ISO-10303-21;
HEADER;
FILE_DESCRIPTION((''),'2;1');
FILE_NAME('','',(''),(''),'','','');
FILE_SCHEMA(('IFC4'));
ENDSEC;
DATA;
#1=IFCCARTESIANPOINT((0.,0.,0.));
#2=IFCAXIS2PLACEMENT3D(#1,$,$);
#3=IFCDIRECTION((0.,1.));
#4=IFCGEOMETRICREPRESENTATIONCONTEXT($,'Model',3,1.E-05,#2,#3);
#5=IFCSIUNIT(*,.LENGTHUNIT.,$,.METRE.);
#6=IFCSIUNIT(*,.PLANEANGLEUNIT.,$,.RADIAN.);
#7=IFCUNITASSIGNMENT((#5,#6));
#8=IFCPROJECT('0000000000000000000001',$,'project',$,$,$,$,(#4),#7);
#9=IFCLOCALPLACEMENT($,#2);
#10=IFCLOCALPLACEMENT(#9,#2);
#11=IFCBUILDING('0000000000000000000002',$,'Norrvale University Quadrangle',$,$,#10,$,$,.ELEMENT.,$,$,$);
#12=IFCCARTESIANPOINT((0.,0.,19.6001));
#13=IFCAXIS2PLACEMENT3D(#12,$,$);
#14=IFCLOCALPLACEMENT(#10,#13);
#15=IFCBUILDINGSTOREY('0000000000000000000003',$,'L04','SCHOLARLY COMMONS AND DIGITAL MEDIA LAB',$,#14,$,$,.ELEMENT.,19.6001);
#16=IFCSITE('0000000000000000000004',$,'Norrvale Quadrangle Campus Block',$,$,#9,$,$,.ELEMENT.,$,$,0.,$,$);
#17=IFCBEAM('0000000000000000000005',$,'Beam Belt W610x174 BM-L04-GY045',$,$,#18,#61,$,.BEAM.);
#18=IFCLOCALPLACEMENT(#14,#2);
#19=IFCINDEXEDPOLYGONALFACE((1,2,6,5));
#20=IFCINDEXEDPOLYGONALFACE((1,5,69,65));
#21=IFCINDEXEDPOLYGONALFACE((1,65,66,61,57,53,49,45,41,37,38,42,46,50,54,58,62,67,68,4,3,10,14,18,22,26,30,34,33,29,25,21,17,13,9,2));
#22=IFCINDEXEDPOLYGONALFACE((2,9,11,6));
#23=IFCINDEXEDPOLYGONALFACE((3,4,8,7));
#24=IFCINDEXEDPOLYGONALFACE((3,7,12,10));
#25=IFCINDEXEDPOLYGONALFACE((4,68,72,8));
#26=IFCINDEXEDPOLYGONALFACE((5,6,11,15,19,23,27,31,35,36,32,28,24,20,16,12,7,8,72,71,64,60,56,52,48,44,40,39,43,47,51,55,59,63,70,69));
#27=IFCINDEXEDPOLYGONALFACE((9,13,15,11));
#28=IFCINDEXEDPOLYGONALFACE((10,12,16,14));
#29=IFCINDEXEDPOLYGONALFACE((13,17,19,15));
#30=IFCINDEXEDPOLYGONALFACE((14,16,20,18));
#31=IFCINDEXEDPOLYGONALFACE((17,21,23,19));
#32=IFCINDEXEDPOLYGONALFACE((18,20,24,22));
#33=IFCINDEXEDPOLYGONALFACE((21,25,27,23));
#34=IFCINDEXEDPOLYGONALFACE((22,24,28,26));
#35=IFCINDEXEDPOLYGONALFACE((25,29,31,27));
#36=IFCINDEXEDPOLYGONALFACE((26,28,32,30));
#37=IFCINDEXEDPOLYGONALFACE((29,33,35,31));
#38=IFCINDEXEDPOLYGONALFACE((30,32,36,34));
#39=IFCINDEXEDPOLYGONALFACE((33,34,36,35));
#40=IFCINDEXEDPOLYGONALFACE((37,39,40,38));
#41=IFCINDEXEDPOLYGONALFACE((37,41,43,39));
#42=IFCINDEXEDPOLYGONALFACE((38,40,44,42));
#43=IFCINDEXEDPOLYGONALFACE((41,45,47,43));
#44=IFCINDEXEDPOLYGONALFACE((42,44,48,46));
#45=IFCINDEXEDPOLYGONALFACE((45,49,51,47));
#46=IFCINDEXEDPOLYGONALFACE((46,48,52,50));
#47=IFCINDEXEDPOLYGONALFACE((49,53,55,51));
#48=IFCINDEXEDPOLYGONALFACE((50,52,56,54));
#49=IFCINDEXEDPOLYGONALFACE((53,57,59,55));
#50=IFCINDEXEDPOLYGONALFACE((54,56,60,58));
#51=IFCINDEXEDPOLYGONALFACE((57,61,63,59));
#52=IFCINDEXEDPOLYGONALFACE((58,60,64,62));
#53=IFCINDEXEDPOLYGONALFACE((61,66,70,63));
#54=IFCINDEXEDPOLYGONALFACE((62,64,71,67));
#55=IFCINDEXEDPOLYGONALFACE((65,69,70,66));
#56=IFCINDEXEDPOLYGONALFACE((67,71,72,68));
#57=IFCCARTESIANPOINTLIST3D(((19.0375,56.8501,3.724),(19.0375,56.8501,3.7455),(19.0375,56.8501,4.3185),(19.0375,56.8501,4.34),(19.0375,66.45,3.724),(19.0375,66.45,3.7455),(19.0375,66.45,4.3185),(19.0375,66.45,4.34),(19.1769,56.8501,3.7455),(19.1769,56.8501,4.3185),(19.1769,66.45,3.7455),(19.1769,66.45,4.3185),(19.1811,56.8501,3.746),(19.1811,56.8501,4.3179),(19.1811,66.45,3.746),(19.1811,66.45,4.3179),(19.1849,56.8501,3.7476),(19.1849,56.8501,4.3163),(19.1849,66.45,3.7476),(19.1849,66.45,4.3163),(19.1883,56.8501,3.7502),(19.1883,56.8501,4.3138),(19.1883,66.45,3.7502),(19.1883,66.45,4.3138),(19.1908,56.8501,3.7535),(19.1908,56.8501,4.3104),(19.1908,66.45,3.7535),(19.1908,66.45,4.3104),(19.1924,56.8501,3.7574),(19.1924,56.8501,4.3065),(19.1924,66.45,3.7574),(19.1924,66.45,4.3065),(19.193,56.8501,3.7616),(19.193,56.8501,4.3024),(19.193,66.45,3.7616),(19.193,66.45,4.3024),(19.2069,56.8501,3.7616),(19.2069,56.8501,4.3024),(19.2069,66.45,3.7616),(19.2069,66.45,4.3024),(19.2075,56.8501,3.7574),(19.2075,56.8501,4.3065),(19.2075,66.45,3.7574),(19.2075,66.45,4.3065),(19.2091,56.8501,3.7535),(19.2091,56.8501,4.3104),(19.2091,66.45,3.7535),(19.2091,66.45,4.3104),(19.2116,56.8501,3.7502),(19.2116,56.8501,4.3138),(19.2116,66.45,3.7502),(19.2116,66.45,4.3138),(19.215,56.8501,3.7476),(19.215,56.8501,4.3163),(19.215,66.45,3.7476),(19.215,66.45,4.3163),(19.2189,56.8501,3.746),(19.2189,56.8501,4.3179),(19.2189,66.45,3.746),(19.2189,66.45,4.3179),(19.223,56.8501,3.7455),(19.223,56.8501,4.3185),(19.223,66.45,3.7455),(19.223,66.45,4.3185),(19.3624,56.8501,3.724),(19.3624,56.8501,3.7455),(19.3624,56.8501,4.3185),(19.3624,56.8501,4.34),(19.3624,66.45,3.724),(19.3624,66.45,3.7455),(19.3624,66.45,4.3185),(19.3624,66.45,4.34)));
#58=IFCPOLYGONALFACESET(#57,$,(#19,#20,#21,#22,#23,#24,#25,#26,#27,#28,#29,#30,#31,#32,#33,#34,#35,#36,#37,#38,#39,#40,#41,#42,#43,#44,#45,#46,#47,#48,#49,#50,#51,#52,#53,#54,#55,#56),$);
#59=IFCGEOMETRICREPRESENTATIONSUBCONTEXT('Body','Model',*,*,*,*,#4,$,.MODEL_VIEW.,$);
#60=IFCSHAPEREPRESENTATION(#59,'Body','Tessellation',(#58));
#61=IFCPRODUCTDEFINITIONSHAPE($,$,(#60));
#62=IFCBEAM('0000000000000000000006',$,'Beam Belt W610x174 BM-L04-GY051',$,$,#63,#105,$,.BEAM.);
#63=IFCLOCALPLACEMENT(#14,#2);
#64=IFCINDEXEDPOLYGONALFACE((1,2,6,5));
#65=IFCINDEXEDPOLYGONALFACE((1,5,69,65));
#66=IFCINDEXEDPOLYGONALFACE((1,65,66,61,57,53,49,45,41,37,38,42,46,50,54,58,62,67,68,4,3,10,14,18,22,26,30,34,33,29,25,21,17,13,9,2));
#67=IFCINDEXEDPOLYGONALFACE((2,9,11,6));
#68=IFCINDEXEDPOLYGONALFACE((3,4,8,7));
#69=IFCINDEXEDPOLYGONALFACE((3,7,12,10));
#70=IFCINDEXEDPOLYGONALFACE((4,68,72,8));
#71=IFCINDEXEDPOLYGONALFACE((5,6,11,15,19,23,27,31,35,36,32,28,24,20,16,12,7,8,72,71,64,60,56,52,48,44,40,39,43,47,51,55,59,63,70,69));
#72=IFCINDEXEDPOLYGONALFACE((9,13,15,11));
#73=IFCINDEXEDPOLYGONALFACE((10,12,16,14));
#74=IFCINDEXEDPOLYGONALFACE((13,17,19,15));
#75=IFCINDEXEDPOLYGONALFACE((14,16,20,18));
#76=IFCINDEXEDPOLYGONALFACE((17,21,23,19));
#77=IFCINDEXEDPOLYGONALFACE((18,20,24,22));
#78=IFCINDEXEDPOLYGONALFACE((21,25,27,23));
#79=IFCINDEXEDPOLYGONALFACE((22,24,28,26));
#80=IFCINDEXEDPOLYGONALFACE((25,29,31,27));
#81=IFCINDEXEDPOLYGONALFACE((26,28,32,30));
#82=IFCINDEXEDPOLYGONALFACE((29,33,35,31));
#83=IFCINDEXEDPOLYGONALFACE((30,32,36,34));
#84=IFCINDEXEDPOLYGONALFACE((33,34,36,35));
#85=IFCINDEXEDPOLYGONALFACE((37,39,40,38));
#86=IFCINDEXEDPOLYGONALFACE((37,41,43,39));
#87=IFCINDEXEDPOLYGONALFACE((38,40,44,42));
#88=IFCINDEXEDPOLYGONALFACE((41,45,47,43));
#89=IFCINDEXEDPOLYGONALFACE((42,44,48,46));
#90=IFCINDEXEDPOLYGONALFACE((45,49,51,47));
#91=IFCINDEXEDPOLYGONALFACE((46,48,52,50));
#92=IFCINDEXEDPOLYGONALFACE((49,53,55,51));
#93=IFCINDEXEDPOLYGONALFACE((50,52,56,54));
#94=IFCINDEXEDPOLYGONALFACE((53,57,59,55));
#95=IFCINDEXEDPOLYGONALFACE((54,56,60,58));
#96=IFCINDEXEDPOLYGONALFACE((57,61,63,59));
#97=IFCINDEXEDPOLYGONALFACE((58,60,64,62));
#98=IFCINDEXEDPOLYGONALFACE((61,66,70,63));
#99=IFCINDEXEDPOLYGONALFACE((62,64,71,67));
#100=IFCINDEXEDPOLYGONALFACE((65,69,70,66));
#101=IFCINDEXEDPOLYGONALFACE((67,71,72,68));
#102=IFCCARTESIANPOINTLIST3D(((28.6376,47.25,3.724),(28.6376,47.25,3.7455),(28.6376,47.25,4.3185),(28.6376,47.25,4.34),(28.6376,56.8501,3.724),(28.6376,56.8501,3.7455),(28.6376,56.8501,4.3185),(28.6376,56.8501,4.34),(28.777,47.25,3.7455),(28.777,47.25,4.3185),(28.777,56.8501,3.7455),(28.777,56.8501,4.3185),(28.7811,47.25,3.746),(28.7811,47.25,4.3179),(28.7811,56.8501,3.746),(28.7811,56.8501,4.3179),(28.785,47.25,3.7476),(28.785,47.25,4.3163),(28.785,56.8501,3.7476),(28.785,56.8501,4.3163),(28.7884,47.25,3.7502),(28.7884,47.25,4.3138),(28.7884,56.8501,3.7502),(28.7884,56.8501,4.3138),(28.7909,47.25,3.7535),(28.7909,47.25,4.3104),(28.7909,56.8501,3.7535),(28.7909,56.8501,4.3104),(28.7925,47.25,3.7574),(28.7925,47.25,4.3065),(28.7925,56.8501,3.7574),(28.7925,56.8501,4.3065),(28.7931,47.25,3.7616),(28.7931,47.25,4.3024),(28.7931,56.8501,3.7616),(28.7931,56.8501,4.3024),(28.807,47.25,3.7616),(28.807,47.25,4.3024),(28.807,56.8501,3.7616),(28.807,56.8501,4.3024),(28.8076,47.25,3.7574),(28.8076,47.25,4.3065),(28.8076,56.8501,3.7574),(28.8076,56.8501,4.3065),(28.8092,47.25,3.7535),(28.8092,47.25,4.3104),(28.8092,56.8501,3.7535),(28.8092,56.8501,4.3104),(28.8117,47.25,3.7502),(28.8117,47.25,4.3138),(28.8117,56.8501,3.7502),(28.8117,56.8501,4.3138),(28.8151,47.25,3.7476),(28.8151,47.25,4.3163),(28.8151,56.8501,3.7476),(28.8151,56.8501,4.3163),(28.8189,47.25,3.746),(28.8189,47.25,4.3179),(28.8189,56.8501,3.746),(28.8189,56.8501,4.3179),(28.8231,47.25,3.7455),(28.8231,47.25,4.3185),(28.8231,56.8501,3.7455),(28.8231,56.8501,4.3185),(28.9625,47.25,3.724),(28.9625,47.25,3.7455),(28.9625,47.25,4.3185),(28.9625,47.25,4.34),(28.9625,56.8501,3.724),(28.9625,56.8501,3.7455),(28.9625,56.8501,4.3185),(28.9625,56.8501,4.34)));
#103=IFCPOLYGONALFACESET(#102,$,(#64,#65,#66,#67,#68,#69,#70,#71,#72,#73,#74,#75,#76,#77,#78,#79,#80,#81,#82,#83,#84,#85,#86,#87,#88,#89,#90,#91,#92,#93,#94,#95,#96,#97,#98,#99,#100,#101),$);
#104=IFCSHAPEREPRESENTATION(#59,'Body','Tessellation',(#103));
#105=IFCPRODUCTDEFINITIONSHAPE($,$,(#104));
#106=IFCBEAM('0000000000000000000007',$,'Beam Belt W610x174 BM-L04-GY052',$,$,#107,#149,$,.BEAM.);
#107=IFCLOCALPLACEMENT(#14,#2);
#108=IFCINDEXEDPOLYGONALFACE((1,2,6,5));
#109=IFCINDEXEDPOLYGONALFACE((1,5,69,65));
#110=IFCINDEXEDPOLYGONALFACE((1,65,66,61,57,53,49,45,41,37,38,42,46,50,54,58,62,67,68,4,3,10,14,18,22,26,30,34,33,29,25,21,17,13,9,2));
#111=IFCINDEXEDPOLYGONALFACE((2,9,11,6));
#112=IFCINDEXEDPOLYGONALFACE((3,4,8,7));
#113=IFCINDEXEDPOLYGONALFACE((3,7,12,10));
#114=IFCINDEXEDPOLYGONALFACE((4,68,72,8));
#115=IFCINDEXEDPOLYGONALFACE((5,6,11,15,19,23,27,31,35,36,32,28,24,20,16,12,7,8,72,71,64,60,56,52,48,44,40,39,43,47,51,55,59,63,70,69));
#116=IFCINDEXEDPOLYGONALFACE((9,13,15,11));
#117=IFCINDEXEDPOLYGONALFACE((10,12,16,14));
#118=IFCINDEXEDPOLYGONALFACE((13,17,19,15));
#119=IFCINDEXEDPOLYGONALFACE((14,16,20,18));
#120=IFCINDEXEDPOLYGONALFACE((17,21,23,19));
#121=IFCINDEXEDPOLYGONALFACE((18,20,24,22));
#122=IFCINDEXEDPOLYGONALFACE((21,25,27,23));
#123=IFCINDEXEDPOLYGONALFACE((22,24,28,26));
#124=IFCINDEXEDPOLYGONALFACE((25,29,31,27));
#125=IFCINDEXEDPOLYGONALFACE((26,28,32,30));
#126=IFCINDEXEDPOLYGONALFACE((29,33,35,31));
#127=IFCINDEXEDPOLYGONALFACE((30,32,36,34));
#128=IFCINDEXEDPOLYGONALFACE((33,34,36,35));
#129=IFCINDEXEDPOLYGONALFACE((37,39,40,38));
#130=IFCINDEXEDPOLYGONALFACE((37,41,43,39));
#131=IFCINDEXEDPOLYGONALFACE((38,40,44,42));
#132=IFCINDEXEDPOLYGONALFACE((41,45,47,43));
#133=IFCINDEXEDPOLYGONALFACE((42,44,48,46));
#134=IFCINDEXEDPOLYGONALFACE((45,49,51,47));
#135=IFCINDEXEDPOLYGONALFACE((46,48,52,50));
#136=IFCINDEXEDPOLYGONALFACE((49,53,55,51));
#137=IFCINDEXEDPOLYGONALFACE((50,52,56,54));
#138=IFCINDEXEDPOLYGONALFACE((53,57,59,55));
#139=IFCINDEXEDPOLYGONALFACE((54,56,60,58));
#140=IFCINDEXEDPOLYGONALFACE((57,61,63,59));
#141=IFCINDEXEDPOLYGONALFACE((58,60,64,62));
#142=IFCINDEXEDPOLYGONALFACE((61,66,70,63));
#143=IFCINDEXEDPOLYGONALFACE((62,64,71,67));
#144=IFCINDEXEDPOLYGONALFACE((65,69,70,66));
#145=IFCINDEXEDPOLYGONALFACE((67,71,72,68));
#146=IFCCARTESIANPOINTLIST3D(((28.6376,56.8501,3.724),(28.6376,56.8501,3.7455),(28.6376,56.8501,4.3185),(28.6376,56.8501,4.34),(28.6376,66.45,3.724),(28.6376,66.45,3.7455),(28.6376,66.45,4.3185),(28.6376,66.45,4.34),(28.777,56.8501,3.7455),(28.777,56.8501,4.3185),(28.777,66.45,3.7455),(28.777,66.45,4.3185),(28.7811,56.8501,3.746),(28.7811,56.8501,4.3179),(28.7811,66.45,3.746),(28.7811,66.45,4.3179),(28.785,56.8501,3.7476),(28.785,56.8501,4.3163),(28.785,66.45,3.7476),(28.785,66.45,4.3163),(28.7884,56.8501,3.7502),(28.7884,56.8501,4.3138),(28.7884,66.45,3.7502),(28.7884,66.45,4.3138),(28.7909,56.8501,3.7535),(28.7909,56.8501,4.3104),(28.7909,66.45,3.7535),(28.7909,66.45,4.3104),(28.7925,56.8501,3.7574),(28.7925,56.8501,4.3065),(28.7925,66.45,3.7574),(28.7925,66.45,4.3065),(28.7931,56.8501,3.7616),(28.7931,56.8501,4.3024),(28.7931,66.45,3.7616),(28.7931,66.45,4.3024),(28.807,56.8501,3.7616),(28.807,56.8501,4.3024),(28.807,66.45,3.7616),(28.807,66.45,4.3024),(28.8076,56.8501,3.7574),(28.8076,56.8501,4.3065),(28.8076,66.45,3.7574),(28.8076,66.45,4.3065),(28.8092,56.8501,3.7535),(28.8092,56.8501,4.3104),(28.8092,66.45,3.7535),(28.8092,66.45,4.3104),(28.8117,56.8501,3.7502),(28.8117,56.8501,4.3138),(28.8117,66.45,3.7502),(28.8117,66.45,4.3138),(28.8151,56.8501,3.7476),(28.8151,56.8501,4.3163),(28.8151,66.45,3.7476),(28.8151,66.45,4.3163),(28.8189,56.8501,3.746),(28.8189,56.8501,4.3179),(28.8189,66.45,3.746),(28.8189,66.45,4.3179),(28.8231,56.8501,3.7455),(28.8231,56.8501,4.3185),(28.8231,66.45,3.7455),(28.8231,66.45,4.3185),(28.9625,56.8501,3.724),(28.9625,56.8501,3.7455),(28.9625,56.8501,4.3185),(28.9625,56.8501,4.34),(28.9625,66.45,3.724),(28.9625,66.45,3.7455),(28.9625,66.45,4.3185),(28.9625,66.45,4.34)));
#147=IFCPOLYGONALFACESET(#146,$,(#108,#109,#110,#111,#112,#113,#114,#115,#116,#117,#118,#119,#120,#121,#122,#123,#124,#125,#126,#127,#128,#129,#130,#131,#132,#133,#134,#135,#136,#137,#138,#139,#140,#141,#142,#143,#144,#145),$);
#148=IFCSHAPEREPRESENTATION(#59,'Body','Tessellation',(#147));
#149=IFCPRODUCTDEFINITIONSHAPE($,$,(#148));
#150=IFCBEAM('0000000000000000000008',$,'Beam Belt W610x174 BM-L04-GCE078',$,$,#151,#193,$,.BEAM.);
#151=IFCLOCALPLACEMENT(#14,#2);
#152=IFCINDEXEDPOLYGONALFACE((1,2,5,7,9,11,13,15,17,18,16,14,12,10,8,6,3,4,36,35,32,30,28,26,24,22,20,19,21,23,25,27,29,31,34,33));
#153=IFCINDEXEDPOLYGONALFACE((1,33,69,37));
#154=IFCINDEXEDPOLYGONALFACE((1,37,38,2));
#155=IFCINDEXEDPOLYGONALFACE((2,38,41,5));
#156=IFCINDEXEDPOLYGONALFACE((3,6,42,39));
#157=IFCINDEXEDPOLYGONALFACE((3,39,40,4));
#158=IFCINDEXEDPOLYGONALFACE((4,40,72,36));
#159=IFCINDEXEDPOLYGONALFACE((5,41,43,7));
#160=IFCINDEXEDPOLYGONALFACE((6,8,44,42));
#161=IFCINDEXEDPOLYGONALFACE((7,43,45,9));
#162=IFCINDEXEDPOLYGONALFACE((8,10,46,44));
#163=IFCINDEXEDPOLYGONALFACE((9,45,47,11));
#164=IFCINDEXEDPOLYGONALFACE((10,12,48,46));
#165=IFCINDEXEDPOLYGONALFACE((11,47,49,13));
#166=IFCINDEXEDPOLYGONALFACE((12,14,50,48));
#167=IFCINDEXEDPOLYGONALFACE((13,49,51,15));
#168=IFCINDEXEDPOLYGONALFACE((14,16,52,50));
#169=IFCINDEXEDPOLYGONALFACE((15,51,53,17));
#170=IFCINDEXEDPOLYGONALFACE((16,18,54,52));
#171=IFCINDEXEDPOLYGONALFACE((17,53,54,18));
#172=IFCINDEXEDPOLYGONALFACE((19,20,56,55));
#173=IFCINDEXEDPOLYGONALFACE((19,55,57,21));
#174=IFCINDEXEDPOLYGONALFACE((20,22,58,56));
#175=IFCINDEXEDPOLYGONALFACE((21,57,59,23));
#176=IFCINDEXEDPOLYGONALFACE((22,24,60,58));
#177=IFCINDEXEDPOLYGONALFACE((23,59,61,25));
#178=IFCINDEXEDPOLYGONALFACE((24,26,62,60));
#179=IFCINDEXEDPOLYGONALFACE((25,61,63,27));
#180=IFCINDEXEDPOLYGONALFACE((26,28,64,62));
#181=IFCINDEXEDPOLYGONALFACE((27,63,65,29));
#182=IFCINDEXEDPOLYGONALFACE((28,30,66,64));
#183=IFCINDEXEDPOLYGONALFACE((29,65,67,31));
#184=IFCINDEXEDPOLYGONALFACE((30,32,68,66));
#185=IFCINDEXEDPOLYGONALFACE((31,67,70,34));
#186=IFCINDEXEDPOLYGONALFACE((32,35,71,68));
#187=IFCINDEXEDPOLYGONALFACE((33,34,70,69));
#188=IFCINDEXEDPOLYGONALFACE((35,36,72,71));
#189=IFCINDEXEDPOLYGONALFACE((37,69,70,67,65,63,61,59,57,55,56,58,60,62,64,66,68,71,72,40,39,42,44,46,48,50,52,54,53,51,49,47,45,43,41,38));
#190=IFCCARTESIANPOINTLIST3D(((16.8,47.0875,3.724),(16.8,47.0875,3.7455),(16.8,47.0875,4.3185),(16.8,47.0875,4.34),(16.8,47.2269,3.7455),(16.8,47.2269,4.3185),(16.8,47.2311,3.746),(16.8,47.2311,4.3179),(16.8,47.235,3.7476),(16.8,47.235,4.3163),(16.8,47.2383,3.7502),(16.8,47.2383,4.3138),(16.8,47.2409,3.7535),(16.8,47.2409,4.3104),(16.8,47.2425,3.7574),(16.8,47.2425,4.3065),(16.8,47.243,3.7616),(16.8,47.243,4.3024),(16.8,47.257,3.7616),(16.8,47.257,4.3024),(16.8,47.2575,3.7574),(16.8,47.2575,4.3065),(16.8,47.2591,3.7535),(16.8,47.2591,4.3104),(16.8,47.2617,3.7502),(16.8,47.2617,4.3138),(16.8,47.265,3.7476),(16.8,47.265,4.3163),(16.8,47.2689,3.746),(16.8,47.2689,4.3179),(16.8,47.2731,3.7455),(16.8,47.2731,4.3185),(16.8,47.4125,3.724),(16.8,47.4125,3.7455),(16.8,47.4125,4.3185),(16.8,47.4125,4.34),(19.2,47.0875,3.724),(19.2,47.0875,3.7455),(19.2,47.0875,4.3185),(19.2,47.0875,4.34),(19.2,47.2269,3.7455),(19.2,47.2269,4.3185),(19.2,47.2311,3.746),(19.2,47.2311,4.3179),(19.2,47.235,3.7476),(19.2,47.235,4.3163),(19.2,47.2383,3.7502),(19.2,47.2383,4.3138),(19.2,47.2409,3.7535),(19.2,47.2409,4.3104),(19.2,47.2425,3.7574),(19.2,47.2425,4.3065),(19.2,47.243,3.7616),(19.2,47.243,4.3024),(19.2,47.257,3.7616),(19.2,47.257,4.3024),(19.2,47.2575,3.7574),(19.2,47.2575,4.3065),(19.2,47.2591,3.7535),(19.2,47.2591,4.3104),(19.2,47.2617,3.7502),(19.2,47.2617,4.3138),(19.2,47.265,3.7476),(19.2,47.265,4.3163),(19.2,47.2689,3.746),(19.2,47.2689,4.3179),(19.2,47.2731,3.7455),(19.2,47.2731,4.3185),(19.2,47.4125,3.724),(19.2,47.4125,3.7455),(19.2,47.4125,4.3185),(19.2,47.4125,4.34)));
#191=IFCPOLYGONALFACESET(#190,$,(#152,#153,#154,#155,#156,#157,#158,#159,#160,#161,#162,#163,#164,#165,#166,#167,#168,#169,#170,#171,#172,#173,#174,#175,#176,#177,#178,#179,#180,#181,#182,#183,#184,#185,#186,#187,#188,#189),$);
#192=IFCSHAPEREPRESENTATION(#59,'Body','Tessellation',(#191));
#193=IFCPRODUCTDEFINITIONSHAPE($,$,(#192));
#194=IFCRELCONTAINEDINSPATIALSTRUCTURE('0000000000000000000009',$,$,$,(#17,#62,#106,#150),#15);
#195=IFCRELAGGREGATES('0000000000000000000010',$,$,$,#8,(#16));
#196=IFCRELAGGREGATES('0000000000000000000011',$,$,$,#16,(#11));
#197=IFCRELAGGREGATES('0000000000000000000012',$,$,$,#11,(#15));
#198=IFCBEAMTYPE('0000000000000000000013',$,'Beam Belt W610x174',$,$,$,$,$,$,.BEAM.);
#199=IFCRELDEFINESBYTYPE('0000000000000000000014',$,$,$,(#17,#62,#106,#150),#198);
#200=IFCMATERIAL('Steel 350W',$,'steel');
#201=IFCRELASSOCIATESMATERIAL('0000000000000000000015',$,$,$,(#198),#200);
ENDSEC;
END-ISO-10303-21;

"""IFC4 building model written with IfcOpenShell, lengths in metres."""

from ifc_helpers import new_model, si_unit, direction, frame, origin, origin_2d, place, context, subcontext, project, spatial, i_section, extrude, material, material_profile, profile_set, type_object, element, save


model = new_model("IFC4")

# Units and contexts
model_context = context("Model", 3, precision=1e-05, world=origin(), true_north=direction((0.0, 1.0)))
body_context = subcontext(model_context, "Body", "Model", "MODEL_VIEW")
ifc_project = project(units=[si_unit("LENGTHUNIT", "METRE"), si_unit("PLANEANGLEUNIT", "RADIAN")], contexts=[model_context])

# Site, building, storey
site_placement = place(None, origin())
site = spatial("IfcSite", under=ifc_project, at=site_placement, Name="Norrvale Quadrangle Campus Block", CompositionType="ELEMENT", RefElevation=0.0)
building_placement = place(site_placement, origin())
building = spatial("IfcBuilding", under=site, at=building_placement, Name="Norrvale University Quadrangle", CompositionType="ELEMENT")
storey_placement = place(building_placement, frame((0.0, 0.0, 19.6001)))
storey = spatial("IfcBuildingStorey", under=building, at=storey_placement, Name="L04", Description="SCHOLARLY COMMONS AND DIGITAL MEDIA LAB", CompositionType="ELEMENT", Elevation=19.6001)

# Beams
ifc_material_1 = material(Name="Steel 350W", Category="steel")
ifc_material_profile_1 = material_profile(ifc_material_1, i_section(OverallWidth=0.325, OverallDepth=0.616, WebThickness=0.0139, FlangeThickness=0.0215, FilletRadius=0.0161, at=origin_2d()), Name="Steel 350W")
ifc_profile_set_1 = profile_set([ifc_material_profile_1], Name="Steel 350W")
beam_type_1 = type_object("IfcBeamType", Name="Beam Belt W610x174", PredefinedType="BEAM", material=ifc_profile_set_1)
beam_1_placement = place(storey_placement, frame((19.2, 56.8501, 4.032), z_axis=(0.0, 1.0, 0.0), x_axis=(-1.0, 0.0, 0.0)))
element("IfcBeam", 1, at=beam_1_placement, inside=storey, type_object=beam_type_1, Name="Beam Belt W610x174 BM-L04-GY045", PredefinedType="BEAM", context=body_context, shape_type="SweptSolid", body=[
    extrude(i_section(OverallWidth=0.325, OverallDepth=0.616, WebThickness=0.0139, FlangeThickness=0.0215, FilletRadius=0.0161, at=origin_2d()), origin(), (0.0, 0.0, 1.0), 9.5999),
])
beam_2_placement = place(storey_placement, frame((28.8, 47.25, 4.032), z_axis=(0.0, 1.0, 0.0), x_axis=(-1.0, 0.0, 0.0)))
element("IfcBeam", 2, at=beam_2_placement, inside=storey, type_object=beam_type_1, Name="Beam Belt W610x174 BM-L04-GY051", PredefinedType="BEAM", context=body_context, shape_type="SweptSolid", body=[
    extrude(i_section(OverallWidth=0.325, OverallDepth=0.616, WebThickness=0.0139, FlangeThickness=0.0215, FilletRadius=0.0161, at=origin_2d()), origin(), (0.0, 0.0, 1.0), 9.6001),
])
beam_3_placement = place(storey_placement, frame((28.8, 56.8501, 4.032), z_axis=(0.0, 1.0, 0.0), x_axis=(-1.0, 0.0, 0.0)))
element("IfcBeam", 3, at=beam_3_placement, inside=storey, type_object=beam_type_1, Name="Beam Belt W610x174 BM-L04-GY052", PredefinedType="BEAM", context=body_context, shape_type="SweptSolid", body=[
    extrude(i_section(OverallWidth=0.325, OverallDepth=0.616, WebThickness=0.0139, FlangeThickness=0.0215, FilletRadius=0.0161, at=origin_2d()), origin(), (0.0, 0.0, 1.0), 9.5999),
])
beam_4_placement = place(storey_placement, frame((16.8, 47.25, 4.032), z_axis=(1.0, 0.0, 0.0), x_axis=(0.0, 1.0, 0.0)))
element("IfcBeam", 4, at=beam_4_placement, inside=storey, type_object=beam_type_1, Name="Beam Belt W610x174 BM-L04-GCE078", PredefinedType="BEAM", context=body_context, shape_type="SweptSolid", body=[
    extrude(i_section(OverallWidth=0.325, OverallDepth=0.616, WebThickness=0.0139, FlangeThickness=0.0215, FilletRadius=0.0161, at=origin_2d()), origin(), (0.0, 0.0, 1.0), 2.3999),
])

save(model, "model.ifc")
